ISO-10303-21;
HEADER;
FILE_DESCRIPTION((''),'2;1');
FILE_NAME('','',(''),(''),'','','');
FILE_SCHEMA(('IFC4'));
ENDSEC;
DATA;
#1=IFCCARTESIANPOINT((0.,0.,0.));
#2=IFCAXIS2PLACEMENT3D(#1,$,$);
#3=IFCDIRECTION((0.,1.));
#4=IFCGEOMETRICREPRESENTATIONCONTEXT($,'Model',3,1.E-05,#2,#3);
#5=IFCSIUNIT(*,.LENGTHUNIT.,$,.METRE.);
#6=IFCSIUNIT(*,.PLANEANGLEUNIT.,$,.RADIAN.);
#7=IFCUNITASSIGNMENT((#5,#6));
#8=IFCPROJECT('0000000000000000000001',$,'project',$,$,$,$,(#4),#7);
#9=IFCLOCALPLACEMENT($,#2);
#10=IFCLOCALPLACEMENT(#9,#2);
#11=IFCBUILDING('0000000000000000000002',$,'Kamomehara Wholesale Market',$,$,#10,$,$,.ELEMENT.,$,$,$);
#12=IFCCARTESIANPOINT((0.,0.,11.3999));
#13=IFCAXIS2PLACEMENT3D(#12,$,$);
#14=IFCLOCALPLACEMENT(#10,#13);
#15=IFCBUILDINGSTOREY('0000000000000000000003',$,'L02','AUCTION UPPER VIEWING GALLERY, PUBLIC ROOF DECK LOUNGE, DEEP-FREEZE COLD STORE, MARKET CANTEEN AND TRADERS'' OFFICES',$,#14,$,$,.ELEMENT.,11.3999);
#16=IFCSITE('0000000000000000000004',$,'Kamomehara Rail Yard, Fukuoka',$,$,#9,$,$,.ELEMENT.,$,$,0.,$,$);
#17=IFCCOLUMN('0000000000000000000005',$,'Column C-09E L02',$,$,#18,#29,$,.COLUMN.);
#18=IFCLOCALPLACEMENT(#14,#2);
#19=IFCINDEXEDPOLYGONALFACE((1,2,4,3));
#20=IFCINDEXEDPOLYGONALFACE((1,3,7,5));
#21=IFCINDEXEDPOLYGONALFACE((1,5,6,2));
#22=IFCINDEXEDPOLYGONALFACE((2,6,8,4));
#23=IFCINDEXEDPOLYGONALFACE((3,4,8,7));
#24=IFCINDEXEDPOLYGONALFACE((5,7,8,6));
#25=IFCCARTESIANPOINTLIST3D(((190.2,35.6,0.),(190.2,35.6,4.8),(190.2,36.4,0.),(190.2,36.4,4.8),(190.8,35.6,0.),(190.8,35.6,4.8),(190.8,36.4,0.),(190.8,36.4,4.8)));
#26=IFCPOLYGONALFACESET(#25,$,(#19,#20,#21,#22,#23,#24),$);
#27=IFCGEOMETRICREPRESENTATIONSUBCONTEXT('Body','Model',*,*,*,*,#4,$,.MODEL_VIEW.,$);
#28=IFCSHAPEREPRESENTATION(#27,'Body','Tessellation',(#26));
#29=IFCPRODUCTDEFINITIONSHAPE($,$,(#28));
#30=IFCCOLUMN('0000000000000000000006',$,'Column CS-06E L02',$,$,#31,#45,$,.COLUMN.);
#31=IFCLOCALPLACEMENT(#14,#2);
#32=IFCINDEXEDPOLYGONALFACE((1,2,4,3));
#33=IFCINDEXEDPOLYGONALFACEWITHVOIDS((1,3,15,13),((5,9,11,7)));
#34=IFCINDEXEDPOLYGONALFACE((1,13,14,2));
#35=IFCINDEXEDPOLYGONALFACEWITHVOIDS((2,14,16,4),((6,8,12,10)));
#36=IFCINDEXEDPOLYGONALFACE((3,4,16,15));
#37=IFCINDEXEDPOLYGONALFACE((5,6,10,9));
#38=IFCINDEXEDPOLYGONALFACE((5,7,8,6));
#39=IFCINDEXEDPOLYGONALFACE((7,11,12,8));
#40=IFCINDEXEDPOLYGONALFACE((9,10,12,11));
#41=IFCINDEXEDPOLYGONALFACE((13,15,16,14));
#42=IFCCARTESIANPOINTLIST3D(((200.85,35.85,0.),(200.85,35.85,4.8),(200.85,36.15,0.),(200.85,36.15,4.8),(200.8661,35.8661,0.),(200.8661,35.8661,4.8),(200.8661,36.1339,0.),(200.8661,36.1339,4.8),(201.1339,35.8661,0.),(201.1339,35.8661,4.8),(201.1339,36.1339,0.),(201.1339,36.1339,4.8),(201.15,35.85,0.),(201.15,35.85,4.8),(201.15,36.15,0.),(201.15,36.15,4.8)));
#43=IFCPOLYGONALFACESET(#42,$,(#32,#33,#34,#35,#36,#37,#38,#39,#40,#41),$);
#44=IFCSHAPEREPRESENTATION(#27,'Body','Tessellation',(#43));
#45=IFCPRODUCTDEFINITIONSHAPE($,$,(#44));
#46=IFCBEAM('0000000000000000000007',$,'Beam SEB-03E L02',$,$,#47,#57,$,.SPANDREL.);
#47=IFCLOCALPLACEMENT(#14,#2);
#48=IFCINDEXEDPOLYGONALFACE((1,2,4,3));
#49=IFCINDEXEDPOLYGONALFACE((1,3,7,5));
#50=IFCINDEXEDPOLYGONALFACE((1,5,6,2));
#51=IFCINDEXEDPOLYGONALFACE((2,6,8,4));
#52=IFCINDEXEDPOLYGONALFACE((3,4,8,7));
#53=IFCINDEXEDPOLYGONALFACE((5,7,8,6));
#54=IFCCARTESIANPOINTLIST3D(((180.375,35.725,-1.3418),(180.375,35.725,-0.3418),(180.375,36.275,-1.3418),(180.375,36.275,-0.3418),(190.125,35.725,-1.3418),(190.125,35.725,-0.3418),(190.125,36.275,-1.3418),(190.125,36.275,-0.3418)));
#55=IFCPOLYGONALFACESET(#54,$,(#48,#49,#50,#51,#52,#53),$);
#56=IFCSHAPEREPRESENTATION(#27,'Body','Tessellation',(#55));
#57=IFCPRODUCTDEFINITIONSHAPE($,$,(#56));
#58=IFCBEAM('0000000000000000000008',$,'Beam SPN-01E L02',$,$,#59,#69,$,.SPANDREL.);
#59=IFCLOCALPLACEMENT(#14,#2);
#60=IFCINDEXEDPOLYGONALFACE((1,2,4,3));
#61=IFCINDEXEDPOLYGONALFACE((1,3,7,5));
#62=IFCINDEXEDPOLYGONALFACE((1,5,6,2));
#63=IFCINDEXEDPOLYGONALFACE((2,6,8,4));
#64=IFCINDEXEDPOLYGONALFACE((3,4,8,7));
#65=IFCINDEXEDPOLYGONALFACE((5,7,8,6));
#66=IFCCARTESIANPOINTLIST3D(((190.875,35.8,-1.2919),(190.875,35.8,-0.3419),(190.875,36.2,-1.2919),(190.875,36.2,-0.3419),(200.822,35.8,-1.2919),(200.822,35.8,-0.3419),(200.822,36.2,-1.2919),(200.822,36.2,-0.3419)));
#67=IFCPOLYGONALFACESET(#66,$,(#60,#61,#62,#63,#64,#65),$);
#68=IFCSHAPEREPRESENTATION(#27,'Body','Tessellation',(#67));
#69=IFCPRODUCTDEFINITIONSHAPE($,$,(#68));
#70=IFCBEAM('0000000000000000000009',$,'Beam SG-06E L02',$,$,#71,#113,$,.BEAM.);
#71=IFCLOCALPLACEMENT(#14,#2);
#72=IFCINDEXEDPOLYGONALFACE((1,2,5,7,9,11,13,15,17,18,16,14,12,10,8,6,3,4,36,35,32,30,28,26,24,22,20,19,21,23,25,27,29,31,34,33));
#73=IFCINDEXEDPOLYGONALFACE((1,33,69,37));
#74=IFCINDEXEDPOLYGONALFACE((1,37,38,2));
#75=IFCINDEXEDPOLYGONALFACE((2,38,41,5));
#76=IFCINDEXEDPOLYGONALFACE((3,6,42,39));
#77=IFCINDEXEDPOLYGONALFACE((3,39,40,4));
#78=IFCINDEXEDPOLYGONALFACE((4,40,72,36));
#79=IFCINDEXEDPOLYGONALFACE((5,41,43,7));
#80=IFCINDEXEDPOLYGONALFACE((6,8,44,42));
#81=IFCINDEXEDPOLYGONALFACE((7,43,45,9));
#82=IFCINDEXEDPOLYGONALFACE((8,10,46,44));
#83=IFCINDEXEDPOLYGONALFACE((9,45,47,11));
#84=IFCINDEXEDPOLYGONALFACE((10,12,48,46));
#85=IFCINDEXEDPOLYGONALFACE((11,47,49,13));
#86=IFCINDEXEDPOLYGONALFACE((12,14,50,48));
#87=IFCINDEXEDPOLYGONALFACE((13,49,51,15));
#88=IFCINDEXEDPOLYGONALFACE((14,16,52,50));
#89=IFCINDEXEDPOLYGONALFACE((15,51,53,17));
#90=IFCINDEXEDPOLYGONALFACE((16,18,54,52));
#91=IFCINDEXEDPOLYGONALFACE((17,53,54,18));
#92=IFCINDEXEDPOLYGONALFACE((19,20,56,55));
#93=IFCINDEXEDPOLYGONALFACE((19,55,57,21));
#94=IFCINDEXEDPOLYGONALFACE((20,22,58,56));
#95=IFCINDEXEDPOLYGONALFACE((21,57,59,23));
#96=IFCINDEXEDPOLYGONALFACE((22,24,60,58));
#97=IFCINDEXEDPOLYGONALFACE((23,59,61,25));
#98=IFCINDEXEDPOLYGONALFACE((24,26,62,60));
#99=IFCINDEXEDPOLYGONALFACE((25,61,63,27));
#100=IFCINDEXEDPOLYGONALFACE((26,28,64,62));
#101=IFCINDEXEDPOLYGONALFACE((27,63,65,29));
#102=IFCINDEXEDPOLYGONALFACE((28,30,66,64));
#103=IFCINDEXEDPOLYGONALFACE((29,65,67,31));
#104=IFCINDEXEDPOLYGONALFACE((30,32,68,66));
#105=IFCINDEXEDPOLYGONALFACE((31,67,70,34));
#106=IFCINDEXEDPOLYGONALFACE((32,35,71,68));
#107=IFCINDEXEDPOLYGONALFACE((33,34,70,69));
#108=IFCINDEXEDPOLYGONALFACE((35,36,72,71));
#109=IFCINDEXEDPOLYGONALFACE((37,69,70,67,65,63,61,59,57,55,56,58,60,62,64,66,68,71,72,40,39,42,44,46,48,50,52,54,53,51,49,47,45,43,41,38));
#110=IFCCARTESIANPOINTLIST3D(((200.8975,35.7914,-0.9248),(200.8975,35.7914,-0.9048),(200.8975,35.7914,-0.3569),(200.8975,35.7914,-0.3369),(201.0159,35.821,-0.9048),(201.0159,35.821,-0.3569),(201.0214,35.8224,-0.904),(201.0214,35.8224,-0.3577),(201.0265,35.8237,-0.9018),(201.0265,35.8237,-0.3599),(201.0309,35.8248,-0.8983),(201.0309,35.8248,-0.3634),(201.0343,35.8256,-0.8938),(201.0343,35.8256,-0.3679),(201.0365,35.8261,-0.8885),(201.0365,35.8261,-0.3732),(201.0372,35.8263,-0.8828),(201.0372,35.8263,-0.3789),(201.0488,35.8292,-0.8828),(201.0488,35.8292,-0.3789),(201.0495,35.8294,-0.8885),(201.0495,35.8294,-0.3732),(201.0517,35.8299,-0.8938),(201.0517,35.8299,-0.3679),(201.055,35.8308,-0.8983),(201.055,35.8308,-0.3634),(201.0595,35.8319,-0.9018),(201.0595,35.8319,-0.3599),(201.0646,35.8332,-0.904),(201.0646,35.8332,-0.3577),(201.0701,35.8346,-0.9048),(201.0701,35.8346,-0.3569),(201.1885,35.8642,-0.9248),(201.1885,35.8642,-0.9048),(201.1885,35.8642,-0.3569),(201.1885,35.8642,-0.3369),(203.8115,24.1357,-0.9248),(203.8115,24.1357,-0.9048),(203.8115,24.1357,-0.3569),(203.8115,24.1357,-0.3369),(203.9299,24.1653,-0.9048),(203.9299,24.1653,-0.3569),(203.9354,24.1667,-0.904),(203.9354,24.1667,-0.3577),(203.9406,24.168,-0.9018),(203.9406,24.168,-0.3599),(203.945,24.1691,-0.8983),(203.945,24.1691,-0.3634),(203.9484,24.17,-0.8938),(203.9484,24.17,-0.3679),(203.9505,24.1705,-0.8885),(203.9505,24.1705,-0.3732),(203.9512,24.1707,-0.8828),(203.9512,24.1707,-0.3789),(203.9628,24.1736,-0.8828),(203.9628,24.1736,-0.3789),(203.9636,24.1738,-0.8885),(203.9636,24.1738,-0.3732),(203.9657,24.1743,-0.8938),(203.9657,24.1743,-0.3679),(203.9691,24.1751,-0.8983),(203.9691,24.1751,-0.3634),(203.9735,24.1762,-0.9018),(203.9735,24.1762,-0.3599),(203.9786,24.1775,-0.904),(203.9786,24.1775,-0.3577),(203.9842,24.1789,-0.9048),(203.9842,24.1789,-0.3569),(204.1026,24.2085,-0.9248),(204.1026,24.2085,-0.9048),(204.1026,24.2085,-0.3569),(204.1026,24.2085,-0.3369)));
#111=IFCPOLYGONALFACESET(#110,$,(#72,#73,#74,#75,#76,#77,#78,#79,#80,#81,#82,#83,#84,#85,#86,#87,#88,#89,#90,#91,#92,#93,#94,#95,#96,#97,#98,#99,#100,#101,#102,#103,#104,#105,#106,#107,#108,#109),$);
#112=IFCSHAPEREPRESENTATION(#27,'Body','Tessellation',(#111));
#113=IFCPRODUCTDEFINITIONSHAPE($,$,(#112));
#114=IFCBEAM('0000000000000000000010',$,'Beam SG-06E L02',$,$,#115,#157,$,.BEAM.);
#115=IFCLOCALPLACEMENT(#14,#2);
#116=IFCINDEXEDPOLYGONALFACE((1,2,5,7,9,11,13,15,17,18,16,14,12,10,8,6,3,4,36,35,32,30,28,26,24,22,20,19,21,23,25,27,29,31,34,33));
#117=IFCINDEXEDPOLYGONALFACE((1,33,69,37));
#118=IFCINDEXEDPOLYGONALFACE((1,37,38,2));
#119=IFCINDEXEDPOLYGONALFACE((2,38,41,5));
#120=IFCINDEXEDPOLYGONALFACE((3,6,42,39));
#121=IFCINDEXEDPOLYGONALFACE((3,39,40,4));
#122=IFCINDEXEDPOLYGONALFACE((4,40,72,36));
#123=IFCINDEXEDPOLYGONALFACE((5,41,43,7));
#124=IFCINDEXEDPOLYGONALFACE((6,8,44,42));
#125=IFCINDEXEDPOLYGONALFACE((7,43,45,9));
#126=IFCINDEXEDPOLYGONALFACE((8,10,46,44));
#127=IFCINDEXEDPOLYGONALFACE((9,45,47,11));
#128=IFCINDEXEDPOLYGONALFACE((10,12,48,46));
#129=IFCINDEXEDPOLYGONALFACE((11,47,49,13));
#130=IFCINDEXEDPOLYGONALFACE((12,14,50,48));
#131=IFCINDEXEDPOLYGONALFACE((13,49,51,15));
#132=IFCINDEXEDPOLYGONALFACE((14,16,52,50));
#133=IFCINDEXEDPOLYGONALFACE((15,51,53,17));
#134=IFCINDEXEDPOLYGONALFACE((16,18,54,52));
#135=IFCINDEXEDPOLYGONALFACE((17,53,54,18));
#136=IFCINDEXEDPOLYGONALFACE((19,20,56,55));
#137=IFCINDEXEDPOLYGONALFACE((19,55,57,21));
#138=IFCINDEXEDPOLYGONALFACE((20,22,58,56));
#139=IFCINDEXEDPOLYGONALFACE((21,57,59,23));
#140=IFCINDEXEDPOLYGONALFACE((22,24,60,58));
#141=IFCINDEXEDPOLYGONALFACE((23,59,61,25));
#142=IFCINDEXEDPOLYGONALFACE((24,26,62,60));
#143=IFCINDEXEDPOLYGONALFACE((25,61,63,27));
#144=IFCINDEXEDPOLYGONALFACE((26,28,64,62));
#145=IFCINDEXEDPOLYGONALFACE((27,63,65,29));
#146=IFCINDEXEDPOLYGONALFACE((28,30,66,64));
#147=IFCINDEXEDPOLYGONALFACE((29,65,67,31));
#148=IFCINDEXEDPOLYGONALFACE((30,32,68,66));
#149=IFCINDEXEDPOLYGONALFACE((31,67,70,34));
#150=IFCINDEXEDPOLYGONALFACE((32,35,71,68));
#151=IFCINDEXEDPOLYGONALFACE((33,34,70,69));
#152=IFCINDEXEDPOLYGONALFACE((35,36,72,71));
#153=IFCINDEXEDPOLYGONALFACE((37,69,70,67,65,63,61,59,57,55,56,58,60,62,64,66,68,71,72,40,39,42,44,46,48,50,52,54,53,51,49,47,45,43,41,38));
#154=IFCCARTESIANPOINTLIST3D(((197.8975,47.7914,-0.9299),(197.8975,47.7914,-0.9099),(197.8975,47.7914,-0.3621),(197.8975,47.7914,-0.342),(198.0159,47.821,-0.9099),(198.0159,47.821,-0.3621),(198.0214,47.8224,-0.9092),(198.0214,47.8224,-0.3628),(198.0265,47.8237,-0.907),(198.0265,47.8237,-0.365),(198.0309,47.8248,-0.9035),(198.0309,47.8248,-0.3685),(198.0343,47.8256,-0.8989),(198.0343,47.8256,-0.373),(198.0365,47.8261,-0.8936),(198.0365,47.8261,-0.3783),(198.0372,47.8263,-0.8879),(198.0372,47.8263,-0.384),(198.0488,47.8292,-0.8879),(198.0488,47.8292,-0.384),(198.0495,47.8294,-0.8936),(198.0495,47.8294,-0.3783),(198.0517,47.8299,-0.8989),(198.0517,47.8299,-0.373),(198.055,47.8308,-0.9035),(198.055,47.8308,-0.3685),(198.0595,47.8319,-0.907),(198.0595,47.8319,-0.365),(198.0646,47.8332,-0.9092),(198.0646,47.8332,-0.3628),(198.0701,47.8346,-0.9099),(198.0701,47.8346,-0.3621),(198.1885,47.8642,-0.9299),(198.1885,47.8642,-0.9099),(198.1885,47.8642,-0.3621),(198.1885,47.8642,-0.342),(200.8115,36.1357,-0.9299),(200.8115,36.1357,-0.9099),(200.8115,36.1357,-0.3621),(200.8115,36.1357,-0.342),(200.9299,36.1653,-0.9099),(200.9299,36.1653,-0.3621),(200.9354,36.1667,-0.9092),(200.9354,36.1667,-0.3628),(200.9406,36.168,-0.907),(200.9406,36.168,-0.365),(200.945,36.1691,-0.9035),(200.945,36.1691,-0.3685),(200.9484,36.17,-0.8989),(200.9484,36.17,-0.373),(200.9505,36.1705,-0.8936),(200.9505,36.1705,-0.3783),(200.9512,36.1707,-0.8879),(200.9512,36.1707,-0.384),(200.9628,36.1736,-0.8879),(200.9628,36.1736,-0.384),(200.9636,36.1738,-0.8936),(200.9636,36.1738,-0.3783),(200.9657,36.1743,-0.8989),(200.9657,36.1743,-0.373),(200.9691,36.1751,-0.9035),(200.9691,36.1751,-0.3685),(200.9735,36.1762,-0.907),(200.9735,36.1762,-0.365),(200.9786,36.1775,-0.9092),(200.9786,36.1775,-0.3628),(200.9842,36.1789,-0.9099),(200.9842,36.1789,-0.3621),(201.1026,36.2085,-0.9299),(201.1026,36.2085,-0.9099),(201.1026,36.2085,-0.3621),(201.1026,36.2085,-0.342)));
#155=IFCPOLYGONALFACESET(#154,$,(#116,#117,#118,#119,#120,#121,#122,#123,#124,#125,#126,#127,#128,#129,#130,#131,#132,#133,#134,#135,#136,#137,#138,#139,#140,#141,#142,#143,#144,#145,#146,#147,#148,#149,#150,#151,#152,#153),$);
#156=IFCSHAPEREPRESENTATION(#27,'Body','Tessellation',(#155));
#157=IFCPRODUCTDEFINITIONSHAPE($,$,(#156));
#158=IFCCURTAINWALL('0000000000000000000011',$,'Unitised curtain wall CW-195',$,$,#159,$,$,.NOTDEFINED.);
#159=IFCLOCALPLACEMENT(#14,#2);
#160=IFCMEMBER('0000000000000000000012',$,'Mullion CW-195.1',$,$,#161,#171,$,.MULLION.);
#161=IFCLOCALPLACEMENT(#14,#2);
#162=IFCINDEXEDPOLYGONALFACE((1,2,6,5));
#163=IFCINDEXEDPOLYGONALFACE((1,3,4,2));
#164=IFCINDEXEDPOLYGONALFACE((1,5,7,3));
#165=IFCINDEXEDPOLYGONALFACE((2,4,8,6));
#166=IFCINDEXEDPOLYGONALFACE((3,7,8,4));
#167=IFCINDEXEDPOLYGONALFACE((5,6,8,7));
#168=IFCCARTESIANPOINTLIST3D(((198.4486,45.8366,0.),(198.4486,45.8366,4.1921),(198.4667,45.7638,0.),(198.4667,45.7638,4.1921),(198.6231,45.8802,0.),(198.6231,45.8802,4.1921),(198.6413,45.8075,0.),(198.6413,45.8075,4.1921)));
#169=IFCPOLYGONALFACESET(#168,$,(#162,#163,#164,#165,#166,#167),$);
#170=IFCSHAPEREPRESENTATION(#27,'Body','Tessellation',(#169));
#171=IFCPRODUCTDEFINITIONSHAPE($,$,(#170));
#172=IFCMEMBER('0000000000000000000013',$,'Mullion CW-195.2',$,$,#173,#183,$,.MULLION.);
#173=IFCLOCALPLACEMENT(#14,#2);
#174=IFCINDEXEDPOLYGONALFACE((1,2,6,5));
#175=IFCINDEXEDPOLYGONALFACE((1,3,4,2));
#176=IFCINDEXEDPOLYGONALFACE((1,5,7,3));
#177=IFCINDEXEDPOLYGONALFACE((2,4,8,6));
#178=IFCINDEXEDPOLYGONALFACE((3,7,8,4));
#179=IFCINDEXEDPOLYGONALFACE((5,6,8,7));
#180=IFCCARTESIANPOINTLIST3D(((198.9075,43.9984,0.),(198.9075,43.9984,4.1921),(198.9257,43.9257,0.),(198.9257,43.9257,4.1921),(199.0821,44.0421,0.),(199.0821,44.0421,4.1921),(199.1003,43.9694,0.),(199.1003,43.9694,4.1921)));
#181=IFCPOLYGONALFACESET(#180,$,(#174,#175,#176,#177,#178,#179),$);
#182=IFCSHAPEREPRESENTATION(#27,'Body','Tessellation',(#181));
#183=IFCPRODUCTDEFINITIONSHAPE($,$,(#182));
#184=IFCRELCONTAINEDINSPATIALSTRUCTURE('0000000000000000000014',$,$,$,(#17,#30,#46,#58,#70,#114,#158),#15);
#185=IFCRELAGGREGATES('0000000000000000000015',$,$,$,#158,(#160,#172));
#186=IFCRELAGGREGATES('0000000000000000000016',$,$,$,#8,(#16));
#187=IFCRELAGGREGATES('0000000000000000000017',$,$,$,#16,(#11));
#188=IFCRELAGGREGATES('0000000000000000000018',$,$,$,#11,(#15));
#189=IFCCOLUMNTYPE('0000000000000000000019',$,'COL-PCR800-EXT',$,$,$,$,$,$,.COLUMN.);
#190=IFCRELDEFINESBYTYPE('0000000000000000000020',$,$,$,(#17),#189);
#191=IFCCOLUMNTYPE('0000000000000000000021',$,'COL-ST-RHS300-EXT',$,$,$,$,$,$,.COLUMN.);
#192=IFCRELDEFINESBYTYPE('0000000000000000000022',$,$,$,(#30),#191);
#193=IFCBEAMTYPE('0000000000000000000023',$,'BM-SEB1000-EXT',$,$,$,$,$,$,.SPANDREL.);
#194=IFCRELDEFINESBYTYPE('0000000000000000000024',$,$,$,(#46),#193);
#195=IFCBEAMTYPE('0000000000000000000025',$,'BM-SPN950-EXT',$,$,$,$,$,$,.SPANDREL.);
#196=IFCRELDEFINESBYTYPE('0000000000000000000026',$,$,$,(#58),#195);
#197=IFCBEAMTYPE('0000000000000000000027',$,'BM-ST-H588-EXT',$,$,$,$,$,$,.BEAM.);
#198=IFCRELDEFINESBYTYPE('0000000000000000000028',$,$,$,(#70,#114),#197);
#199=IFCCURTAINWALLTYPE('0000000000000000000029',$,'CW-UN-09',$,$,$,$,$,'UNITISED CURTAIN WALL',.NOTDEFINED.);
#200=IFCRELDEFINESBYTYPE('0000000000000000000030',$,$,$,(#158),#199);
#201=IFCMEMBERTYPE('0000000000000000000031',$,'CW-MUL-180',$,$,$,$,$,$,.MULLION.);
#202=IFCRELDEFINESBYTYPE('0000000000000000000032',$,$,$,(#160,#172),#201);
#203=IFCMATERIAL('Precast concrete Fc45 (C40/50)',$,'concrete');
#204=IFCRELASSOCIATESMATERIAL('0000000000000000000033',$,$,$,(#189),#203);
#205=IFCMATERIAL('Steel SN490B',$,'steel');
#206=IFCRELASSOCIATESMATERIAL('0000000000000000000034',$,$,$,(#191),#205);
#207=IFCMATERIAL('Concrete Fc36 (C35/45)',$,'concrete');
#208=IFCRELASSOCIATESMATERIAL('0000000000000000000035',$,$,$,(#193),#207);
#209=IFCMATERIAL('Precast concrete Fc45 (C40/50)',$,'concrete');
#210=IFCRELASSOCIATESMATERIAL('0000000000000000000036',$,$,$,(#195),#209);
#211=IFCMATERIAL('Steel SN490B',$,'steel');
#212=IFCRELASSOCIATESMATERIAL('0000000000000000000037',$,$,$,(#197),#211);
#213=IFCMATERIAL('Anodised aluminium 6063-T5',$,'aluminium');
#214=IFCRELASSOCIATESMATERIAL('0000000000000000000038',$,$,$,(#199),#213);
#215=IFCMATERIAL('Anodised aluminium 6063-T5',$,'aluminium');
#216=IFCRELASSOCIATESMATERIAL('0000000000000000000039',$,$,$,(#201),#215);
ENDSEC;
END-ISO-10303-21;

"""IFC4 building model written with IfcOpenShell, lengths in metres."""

from ifc_helpers import new_model, si_unit, direction, frame, origin, origin_2d, place, context, subcontext, project, spatial, rectangle, hollow_rectangle, i_section, extrude, material, material_profile, profile_set, type_object, element, aggregate, save


model = new_model("IFC4")

# Units and contexts
model_context = context("Model", 3, precision=1e-05, world=origin(), true_north=direction((0.0, 1.0)))
body_context = subcontext(model_context, "Body", "Model", "MODEL_VIEW")
ifc_project = project(units=[si_unit("LENGTHUNIT", "METRE"), si_unit("PLANEANGLEUNIT", "RADIAN")], contexts=[model_context])

# Site, building, storey
site_placement = place(None, origin())
site = spatial("IfcSite", under=ifc_project, at=site_placement, Name="Kamomehara Rail Yard, Fukuoka", CompositionType="ELEMENT", RefElevation=0.0)
building_placement = place(site_placement, origin())
building = spatial("IfcBuilding", under=site, at=building_placement, Name="Kamomehara Wholesale Market", CompositionType="ELEMENT")
storey_placement = place(building_placement, frame((0.0, 0.0, 11.3999)))
storey = spatial("IfcBuildingStorey", under=building, at=storey_placement, Name="L02", Description="AUCTION UPPER VIEWING GALLERY, PUBLIC ROOF DECK LOUNGE, DEEP-FREEZE COLD STORE, MARKET CANTEEN AND TRADERS' OFFICES", CompositionType="ELEMENT", Elevation=11.3999)

# Columns
ifc_material_1 = material(Name="Precast concrete Fc45 (C40/50)", Category="concrete")
ifc_material_profile_1 = material_profile(ifc_material_1, rectangle(XDim=0.6001, YDim=0.8, at=origin_2d()), Name="PC-COL-600x800")
ifc_profile_set_1 = profile_set([ifc_material_profile_1], Name="Precast concrete Fc45 (C40/50)")
column_type_1 = type_object("IfcColumnType", Name="COL-PCR800-EXT", PredefinedType="COLUMN", material=ifc_profile_set_1)
column_1_placement = place(storey_placement, frame((190.5, 36.0, 0.0), z_axis=(0.0, 0.0, 1.0), x_axis=(1.0, 0.0, 0.0)))
element("IfcColumn", 1, at=column_1_placement, inside=storey, type_object=column_type_1, Name="Column C-09E L02", PredefinedType="COLUMN", context=body_context, shape_type="SweptSolid", body=[
    extrude(rectangle(XDim=0.6001, YDim=0.8, at=origin_2d()), origin(), (0.0, 0.0, 1.0), 4.8),
])
ifc_material_2 = material(Name="Steel SN490B", Category="steel")
ifc_material_profile_2 = material_profile(ifc_material_2, hollow_rectangle(XDim=0.3, YDim=0.3, WallThickness=0.0161, at=origin_2d()), Name="RHS-300x300x16")
ifc_profile_set_2 = profile_set([ifc_material_profile_2], Name="Steel SN490B")
column_type_2 = type_object("IfcColumnType", Name="COL-ST-RHS300-EXT", PredefinedType="COLUMN", material=ifc_profile_set_2)
column_2_placement = place(storey_placement, frame((201.0, 36.0, 0.0), z_axis=(0.0, 0.0, 1.0), x_axis=(1.0, 0.0, 0.0)))
element("IfcColumn", 2, at=column_2_placement, inside=storey, type_object=column_type_2, Name="Column CS-06E L02", PredefinedType="COLUMN", context=body_context, shape_type="SweptSolid", body=[
    extrude(hollow_rectangle(XDim=0.3, YDim=0.3, WallThickness=0.0161, at=origin_2d()), origin(), (0.0, 0.0, 1.0), 4.8),
])

# Beams
ifc_material_3 = material(Name="Concrete Fc36 (C35/45)", Category="concrete")
ifc_material_profile_3 = material_profile(ifc_material_3, rectangle(XDim=0.55, YDim=1.0, at=origin_2d()), Name="RC-SEB-550x1000")
ifc_profile_set_3 = profile_set([ifc_material_profile_3], Name="Concrete Fc36 (C35/45)")
beam_type_1 = type_object("IfcBeamType", Name="BM-SEB1000-EXT", PredefinedType="SPANDREL", material=ifc_profile_set_3)
beam_1_placement = place(storey_placement, frame((180.375, 36.0, -0.8418), z_axis=(1.0, 0.0, 0.0), x_axis=(0.0, 1.0, 0.0)))
element("IfcBeam", 3, at=beam_1_placement, inside=storey, type_object=beam_type_1, Name="Beam SEB-03E L02", PredefinedType="SPANDREL", context=body_context, shape_type="SweptSolid", body=[
    extrude(rectangle(XDim=0.55, YDim=1.0, at=origin_2d()), origin(), (0.0, 0.0, 1.0), 9.75),
])
ifc_material_4 = material(Name="Precast concrete Fc45 (C40/50)", Category="concrete")
ifc_material_profile_4 = material_profile(ifc_material_4, rectangle(XDim=0.3999, YDim=0.95, at=origin_2d()), Name="PC-SPN-400x950")
ifc_profile_set_4 = profile_set([ifc_material_profile_4], Name="Precast concrete Fc45 (C40/50)")
beam_type_2 = type_object("IfcBeamType", Name="BM-SPN950-EXT", PredefinedType="SPANDREL", material=ifc_profile_set_4)
beam_2_placement = place(storey_placement, frame((190.875, 36.0, -0.8169), z_axis=(1.0, 0.0, 0.0), x_axis=(0.0, 1.0, 0.0)))
element("IfcBeam", 4, at=beam_2_placement, inside=storey, type_object=beam_type_2, Name="Beam SPN-01E L02", PredefinedType="SPANDREL", context=body_context, shape_type="SweptSolid", body=[
    extrude(rectangle(XDim=0.3999, YDim=0.95, at=origin_2d()), origin(), (0.0, 0.0, 1.0), 9.947),
])
ifc_material_5 = material(Name="Steel SN490B", Category="steel")
ifc_material_profile_5 = material_profile(ifc_material_5, i_section(OverallWidth=0.3, OverallDepth=0.5879, WebThickness=0.012, FlangeThickness=0.02, FilletRadius=0.022, at=origin_2d()), Name="H-588x300x12x20")
ifc_profile_set_5 = profile_set([ifc_material_profile_5], Name="Steel SN490B")
beam_type_3 = type_object("IfcBeamType", Name="BM-ST-H588-EXT", PredefinedType="BEAM", material=ifc_profile_set_5)
for number, where, z_axis, x_axis, name in (
    (5, (203.957, 24.1721, -0.6309), (-0.242545, 0.97014, 0.0), (-0.97014, -0.242545, 0.0), "Beam SG-06E L02"),
    (6, (200.957, 36.1721, -0.636), (-0.242545, 0.97014, 0.0), (-0.97014, -0.242545, 0.0), "Beam SG-06E L02"),
):
    element("IfcBeam", number, at=place(storey_placement, frame(where, z_axis=z_axis, x_axis=x_axis)), inside=storey, type_object=beam_type_3, Name=name, PredefinedType="BEAM", context=body_context, shape_type="SweptSolid", body=[
        extrude(i_section(OverallWidth=0.3, OverallDepth=0.5879, WebThickness=0.012, FlangeThickness=0.02, FilletRadius=0.022, at=origin_2d()), origin(), (0.0, 0.0, 1.0), 12.0144),
    ])

# Curtain wall, members
ifc_material_6 = material(Name="Anodised aluminium 6063-T5", Category="aluminium")
curtain_wall_type = type_object("IfcCurtainWallType", Name="CW-UN-09", ElementType="UNITISED CURTAIN WALL", PredefinedType="NOTDEFINED", material=ifc_material_6)
curtain_wall_1_placement = place(storey_placement, origin())
curtain_wall_1 = element("IfcCurtainWall", 7, at=curtain_wall_1_placement, inside=storey, type_object=curtain_wall_type, Name="Unitised curtain wall CW-195", PredefinedType="NOTDEFINED")
ifc_material_7 = material(Name="Anodised aluminium 6063-T5", Category="aluminium")
ifc_material_profile_6 = material_profile(ifc_material_7, rectangle(XDim=0.075, YDim=0.1799, at=origin_2d()), Name="ALU-MUL-75x180")
ifc_profile_set_6 = profile_set([ifc_material_profile_6], Name="Anodised aluminium 6063-T5")
member_type_1 = type_object("IfcMemberType", Name="CW-MUL-180", PredefinedType="MULLION", material=ifc_profile_set_6)
member_1_placement = place(storey_placement, frame((198.5449, 45.822, 0.0), z_axis=(0.0, 0.0, 1.0), x_axis=(0.242618, -0.970122, 0.0)))
member_1 = element("IfcMember", 8, at=member_1_placement, type_object=member_type_1, Name="Mullion CW-195.1", PredefinedType="MULLION", context=body_context, shape_type="SweptSolid", body=[
    extrude(rectangle(XDim=0.075, YDim=0.1799, at=origin_2d()), origin(), (0.0, 0.0, 1.0), 4.1921),
])
member_2_placement = place(storey_placement, frame((199.0039, 43.9839, 0.0), z_axis=(0.0, 0.0, 1.0), x_axis=(0.242618, -0.970122, 0.0)))
member_2 = element("IfcMember", 9, at=member_2_placement, type_object=member_type_1, Name="Mullion CW-195.2", PredefinedType="MULLION", context=body_context, shape_type="SweptSolid", body=[
    extrude(rectangle(XDim=0.075, YDim=0.1799, at=origin_2d()), origin(), (0.0, 0.0, 1.0), 4.1921),
])

aggregate(curtain_wall_1, [member_1, member_2])

save(model, "model.ifc")
